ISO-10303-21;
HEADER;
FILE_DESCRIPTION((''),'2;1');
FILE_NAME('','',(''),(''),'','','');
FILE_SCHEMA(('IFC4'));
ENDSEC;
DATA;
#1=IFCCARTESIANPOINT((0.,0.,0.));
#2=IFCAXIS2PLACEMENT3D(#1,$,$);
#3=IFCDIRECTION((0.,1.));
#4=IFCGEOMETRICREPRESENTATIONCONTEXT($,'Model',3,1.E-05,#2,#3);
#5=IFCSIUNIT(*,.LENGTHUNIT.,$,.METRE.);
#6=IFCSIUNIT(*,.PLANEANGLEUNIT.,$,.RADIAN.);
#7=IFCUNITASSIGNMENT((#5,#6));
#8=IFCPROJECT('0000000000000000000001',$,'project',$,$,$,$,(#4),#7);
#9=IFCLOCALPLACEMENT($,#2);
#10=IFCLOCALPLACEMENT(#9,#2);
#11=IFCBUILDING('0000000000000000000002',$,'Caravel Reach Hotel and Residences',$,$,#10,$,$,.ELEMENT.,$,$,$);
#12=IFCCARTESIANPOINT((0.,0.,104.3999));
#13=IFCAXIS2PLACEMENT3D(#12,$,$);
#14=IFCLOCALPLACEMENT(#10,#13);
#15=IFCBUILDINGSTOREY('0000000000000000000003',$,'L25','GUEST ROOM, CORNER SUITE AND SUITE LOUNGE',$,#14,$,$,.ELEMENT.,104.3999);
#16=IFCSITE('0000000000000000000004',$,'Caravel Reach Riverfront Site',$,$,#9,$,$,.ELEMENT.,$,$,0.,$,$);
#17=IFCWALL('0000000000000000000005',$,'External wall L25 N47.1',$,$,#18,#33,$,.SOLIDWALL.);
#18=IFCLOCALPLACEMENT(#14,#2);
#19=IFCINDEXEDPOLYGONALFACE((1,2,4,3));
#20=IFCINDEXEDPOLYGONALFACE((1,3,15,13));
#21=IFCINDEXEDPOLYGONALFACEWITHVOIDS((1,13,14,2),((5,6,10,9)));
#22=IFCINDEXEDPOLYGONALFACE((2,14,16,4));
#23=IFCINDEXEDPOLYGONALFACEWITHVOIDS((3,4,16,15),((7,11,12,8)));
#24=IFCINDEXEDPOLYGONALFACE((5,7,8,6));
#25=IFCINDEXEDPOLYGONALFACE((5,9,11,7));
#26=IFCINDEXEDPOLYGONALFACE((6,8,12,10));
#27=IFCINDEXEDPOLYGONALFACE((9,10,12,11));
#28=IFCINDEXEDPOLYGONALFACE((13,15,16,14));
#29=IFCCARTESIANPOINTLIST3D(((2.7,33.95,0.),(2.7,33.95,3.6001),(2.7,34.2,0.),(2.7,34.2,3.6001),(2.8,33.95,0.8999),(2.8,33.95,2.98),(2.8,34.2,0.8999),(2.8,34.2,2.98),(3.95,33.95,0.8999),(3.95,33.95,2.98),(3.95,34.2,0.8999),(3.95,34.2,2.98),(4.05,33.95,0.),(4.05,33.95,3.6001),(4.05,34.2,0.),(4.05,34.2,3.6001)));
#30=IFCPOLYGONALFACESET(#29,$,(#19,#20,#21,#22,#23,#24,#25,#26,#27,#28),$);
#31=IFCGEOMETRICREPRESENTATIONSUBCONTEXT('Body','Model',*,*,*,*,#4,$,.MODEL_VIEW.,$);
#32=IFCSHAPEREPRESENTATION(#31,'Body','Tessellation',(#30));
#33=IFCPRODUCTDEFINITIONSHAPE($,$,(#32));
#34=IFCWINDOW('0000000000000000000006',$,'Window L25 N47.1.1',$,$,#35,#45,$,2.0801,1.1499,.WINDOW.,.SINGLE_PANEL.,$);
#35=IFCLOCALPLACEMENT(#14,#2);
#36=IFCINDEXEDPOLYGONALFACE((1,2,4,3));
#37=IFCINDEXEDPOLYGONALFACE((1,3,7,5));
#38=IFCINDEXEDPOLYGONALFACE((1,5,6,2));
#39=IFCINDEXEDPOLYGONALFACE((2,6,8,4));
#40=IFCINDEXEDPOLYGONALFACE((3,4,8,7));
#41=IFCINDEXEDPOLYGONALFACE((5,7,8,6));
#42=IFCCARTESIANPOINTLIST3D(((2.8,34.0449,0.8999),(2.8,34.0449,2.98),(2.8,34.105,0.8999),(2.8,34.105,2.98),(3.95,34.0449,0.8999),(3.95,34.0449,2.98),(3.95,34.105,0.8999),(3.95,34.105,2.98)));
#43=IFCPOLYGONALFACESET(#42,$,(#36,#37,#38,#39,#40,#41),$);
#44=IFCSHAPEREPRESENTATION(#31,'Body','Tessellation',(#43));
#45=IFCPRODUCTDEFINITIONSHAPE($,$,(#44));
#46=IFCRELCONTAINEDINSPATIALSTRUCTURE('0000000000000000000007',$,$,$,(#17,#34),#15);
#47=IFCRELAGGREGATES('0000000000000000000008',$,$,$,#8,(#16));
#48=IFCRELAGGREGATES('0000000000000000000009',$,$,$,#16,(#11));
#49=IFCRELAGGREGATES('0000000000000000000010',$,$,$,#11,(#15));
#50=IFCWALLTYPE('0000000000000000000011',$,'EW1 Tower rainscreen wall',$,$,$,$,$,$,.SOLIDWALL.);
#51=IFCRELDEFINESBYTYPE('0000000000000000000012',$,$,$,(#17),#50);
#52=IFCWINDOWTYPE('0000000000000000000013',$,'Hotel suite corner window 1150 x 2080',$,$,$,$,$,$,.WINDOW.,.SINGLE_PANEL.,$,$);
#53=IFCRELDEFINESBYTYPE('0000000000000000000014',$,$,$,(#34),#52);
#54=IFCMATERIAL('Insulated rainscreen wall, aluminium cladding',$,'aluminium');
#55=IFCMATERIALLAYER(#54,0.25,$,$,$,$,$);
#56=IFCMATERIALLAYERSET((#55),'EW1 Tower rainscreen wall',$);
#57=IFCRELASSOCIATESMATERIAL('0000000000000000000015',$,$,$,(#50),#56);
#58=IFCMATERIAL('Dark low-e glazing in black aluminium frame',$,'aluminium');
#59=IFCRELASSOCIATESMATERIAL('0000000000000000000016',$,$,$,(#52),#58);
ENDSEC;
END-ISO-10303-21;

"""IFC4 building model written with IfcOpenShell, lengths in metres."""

from ifc_helpers import new_model, si_unit, direction, frame, frame_2d, origin, place, context, subcontext, project, spatial, rectangle, extrude, material, layer, layer_set, type_object, element, fill, save


model = new_model("IFC4")

# Units and contexts
model_context = context("Model", 3, precision=1e-05, world=origin(), true_north=direction((0.0, 1.0)))
body_context = subcontext(model_context, "Body", "Model", "MODEL_VIEW")
ifc_project = project(units=[si_unit("LENGTHUNIT", "METRE"), si_unit("PLANEANGLEUNIT", "RADIAN")], contexts=[model_context])

# Site, building, storey
site_placement = place(None, origin())
site = spatial("IfcSite", under=ifc_project, at=site_placement, Name="Caravel Reach Riverfront Site", CompositionType="ELEMENT", RefElevation=0.0)
building_placement = place(site_placement, origin())
building = spatial("IfcBuilding", under=site, at=building_placement, Name="Caravel Reach Hotel and Residences", CompositionType="ELEMENT")
storey_placement = place(building_placement, frame((0.0, 0.0, 104.3999)))
storey = spatial("IfcBuildingStorey", under=building, at=storey_placement, Name="L25", Description="GUEST ROOM, CORNER SUITE AND SUITE LOUNGE", CompositionType="ELEMENT", Elevation=104.3999)

# Shared definitions
ifc_material_1 = material(Name="Insulated rainscreen wall, aluminium cladding", Category="aluminium")
ifc_layer_1 = layer(ifc_material_1, 0.25)
ifc_layer_set_1 = layer_set([ifc_layer_1], Name="EW1 Tower rainscreen wall")
wall_type_1 = type_object("IfcWallType", Name="EW1 Tower rainscreen wall", PredefinedType="SOLIDWALL", material=ifc_layer_set_1)
ifc_material_2 = material(Name="Dark low-e glazing in black aluminium frame", Category="aluminium")
window_type_1 = type_object("IfcWindowType", Name="Hotel suite corner window 1150 x 2080", PartitioningType="SINGLE_PANEL", PredefinedType="WINDOW", material=ifc_material_2)

# Wall, opening, window
wall_1_placement = place(storey_placement, frame((4.05, 34.075, 0.0), z_axis=(0.0, 0.0, 1.0), x_axis=(-1.0, 0.0, 0.0)))
wall_1 = element("IfcWall", 1, at=wall_1_placement, inside=storey, type_object=wall_type_1, Name="External wall L25 N47.1", PredefinedType="SOLIDWALL", context=body_context, shape_type="SweptSolid", body=[
    extrude(rectangle(XDim=1.3501, YDim=0.25, at=frame_2d((0.675, 0.0))), origin(), (0.0, 0.0, 1.0), 3.6001),
])
opening_1_placement = place(wall_1_placement, frame((0.1001, 0.0, 0.8999)))
opening_1 = element("IfcOpeningElement", 2, at=opening_1_placement, cuts=wall_1, PredefinedType="OPENING", context=body_context, shape_type="SweptSolid", body=[
    extrude(rectangle(XDim=1.1499, YDim=2.0801, at=frame_2d((0.575, 1.04))), frame((0.0, 0.135, 0.0), z_axis=(0.0, -1.0, 0.0), x_axis=(1.0, 0.0, 0.0)), (0.0, 0.0, 1.0), 0.27),
])
window_1_placement = place(opening_1_placement, origin())
window_1 = element("IfcWindow", 3, at=window_1_placement, inside=storey, type_object=window_type_1, Name="Window L25 N47.1.1", OverallHeight=2.0801, OverallWidth=1.1499, PartitioningType="SINGLE_PANEL", PredefinedType="WINDOW", context=body_context, shape_type="SweptSolid", body=[
    extrude(rectangle(XDim=1.1499, YDim=2.0801, at=frame_2d((0.575, 1.04))), frame((0.0, 0.03, 0.0), z_axis=(0.0, -1.0, 0.0), x_axis=(1.0, 0.0, 0.0)), (0.0, 0.0, 1.0), 0.0601),
])
fill(opening_1, window_1)

save(model, "model.ifc")
